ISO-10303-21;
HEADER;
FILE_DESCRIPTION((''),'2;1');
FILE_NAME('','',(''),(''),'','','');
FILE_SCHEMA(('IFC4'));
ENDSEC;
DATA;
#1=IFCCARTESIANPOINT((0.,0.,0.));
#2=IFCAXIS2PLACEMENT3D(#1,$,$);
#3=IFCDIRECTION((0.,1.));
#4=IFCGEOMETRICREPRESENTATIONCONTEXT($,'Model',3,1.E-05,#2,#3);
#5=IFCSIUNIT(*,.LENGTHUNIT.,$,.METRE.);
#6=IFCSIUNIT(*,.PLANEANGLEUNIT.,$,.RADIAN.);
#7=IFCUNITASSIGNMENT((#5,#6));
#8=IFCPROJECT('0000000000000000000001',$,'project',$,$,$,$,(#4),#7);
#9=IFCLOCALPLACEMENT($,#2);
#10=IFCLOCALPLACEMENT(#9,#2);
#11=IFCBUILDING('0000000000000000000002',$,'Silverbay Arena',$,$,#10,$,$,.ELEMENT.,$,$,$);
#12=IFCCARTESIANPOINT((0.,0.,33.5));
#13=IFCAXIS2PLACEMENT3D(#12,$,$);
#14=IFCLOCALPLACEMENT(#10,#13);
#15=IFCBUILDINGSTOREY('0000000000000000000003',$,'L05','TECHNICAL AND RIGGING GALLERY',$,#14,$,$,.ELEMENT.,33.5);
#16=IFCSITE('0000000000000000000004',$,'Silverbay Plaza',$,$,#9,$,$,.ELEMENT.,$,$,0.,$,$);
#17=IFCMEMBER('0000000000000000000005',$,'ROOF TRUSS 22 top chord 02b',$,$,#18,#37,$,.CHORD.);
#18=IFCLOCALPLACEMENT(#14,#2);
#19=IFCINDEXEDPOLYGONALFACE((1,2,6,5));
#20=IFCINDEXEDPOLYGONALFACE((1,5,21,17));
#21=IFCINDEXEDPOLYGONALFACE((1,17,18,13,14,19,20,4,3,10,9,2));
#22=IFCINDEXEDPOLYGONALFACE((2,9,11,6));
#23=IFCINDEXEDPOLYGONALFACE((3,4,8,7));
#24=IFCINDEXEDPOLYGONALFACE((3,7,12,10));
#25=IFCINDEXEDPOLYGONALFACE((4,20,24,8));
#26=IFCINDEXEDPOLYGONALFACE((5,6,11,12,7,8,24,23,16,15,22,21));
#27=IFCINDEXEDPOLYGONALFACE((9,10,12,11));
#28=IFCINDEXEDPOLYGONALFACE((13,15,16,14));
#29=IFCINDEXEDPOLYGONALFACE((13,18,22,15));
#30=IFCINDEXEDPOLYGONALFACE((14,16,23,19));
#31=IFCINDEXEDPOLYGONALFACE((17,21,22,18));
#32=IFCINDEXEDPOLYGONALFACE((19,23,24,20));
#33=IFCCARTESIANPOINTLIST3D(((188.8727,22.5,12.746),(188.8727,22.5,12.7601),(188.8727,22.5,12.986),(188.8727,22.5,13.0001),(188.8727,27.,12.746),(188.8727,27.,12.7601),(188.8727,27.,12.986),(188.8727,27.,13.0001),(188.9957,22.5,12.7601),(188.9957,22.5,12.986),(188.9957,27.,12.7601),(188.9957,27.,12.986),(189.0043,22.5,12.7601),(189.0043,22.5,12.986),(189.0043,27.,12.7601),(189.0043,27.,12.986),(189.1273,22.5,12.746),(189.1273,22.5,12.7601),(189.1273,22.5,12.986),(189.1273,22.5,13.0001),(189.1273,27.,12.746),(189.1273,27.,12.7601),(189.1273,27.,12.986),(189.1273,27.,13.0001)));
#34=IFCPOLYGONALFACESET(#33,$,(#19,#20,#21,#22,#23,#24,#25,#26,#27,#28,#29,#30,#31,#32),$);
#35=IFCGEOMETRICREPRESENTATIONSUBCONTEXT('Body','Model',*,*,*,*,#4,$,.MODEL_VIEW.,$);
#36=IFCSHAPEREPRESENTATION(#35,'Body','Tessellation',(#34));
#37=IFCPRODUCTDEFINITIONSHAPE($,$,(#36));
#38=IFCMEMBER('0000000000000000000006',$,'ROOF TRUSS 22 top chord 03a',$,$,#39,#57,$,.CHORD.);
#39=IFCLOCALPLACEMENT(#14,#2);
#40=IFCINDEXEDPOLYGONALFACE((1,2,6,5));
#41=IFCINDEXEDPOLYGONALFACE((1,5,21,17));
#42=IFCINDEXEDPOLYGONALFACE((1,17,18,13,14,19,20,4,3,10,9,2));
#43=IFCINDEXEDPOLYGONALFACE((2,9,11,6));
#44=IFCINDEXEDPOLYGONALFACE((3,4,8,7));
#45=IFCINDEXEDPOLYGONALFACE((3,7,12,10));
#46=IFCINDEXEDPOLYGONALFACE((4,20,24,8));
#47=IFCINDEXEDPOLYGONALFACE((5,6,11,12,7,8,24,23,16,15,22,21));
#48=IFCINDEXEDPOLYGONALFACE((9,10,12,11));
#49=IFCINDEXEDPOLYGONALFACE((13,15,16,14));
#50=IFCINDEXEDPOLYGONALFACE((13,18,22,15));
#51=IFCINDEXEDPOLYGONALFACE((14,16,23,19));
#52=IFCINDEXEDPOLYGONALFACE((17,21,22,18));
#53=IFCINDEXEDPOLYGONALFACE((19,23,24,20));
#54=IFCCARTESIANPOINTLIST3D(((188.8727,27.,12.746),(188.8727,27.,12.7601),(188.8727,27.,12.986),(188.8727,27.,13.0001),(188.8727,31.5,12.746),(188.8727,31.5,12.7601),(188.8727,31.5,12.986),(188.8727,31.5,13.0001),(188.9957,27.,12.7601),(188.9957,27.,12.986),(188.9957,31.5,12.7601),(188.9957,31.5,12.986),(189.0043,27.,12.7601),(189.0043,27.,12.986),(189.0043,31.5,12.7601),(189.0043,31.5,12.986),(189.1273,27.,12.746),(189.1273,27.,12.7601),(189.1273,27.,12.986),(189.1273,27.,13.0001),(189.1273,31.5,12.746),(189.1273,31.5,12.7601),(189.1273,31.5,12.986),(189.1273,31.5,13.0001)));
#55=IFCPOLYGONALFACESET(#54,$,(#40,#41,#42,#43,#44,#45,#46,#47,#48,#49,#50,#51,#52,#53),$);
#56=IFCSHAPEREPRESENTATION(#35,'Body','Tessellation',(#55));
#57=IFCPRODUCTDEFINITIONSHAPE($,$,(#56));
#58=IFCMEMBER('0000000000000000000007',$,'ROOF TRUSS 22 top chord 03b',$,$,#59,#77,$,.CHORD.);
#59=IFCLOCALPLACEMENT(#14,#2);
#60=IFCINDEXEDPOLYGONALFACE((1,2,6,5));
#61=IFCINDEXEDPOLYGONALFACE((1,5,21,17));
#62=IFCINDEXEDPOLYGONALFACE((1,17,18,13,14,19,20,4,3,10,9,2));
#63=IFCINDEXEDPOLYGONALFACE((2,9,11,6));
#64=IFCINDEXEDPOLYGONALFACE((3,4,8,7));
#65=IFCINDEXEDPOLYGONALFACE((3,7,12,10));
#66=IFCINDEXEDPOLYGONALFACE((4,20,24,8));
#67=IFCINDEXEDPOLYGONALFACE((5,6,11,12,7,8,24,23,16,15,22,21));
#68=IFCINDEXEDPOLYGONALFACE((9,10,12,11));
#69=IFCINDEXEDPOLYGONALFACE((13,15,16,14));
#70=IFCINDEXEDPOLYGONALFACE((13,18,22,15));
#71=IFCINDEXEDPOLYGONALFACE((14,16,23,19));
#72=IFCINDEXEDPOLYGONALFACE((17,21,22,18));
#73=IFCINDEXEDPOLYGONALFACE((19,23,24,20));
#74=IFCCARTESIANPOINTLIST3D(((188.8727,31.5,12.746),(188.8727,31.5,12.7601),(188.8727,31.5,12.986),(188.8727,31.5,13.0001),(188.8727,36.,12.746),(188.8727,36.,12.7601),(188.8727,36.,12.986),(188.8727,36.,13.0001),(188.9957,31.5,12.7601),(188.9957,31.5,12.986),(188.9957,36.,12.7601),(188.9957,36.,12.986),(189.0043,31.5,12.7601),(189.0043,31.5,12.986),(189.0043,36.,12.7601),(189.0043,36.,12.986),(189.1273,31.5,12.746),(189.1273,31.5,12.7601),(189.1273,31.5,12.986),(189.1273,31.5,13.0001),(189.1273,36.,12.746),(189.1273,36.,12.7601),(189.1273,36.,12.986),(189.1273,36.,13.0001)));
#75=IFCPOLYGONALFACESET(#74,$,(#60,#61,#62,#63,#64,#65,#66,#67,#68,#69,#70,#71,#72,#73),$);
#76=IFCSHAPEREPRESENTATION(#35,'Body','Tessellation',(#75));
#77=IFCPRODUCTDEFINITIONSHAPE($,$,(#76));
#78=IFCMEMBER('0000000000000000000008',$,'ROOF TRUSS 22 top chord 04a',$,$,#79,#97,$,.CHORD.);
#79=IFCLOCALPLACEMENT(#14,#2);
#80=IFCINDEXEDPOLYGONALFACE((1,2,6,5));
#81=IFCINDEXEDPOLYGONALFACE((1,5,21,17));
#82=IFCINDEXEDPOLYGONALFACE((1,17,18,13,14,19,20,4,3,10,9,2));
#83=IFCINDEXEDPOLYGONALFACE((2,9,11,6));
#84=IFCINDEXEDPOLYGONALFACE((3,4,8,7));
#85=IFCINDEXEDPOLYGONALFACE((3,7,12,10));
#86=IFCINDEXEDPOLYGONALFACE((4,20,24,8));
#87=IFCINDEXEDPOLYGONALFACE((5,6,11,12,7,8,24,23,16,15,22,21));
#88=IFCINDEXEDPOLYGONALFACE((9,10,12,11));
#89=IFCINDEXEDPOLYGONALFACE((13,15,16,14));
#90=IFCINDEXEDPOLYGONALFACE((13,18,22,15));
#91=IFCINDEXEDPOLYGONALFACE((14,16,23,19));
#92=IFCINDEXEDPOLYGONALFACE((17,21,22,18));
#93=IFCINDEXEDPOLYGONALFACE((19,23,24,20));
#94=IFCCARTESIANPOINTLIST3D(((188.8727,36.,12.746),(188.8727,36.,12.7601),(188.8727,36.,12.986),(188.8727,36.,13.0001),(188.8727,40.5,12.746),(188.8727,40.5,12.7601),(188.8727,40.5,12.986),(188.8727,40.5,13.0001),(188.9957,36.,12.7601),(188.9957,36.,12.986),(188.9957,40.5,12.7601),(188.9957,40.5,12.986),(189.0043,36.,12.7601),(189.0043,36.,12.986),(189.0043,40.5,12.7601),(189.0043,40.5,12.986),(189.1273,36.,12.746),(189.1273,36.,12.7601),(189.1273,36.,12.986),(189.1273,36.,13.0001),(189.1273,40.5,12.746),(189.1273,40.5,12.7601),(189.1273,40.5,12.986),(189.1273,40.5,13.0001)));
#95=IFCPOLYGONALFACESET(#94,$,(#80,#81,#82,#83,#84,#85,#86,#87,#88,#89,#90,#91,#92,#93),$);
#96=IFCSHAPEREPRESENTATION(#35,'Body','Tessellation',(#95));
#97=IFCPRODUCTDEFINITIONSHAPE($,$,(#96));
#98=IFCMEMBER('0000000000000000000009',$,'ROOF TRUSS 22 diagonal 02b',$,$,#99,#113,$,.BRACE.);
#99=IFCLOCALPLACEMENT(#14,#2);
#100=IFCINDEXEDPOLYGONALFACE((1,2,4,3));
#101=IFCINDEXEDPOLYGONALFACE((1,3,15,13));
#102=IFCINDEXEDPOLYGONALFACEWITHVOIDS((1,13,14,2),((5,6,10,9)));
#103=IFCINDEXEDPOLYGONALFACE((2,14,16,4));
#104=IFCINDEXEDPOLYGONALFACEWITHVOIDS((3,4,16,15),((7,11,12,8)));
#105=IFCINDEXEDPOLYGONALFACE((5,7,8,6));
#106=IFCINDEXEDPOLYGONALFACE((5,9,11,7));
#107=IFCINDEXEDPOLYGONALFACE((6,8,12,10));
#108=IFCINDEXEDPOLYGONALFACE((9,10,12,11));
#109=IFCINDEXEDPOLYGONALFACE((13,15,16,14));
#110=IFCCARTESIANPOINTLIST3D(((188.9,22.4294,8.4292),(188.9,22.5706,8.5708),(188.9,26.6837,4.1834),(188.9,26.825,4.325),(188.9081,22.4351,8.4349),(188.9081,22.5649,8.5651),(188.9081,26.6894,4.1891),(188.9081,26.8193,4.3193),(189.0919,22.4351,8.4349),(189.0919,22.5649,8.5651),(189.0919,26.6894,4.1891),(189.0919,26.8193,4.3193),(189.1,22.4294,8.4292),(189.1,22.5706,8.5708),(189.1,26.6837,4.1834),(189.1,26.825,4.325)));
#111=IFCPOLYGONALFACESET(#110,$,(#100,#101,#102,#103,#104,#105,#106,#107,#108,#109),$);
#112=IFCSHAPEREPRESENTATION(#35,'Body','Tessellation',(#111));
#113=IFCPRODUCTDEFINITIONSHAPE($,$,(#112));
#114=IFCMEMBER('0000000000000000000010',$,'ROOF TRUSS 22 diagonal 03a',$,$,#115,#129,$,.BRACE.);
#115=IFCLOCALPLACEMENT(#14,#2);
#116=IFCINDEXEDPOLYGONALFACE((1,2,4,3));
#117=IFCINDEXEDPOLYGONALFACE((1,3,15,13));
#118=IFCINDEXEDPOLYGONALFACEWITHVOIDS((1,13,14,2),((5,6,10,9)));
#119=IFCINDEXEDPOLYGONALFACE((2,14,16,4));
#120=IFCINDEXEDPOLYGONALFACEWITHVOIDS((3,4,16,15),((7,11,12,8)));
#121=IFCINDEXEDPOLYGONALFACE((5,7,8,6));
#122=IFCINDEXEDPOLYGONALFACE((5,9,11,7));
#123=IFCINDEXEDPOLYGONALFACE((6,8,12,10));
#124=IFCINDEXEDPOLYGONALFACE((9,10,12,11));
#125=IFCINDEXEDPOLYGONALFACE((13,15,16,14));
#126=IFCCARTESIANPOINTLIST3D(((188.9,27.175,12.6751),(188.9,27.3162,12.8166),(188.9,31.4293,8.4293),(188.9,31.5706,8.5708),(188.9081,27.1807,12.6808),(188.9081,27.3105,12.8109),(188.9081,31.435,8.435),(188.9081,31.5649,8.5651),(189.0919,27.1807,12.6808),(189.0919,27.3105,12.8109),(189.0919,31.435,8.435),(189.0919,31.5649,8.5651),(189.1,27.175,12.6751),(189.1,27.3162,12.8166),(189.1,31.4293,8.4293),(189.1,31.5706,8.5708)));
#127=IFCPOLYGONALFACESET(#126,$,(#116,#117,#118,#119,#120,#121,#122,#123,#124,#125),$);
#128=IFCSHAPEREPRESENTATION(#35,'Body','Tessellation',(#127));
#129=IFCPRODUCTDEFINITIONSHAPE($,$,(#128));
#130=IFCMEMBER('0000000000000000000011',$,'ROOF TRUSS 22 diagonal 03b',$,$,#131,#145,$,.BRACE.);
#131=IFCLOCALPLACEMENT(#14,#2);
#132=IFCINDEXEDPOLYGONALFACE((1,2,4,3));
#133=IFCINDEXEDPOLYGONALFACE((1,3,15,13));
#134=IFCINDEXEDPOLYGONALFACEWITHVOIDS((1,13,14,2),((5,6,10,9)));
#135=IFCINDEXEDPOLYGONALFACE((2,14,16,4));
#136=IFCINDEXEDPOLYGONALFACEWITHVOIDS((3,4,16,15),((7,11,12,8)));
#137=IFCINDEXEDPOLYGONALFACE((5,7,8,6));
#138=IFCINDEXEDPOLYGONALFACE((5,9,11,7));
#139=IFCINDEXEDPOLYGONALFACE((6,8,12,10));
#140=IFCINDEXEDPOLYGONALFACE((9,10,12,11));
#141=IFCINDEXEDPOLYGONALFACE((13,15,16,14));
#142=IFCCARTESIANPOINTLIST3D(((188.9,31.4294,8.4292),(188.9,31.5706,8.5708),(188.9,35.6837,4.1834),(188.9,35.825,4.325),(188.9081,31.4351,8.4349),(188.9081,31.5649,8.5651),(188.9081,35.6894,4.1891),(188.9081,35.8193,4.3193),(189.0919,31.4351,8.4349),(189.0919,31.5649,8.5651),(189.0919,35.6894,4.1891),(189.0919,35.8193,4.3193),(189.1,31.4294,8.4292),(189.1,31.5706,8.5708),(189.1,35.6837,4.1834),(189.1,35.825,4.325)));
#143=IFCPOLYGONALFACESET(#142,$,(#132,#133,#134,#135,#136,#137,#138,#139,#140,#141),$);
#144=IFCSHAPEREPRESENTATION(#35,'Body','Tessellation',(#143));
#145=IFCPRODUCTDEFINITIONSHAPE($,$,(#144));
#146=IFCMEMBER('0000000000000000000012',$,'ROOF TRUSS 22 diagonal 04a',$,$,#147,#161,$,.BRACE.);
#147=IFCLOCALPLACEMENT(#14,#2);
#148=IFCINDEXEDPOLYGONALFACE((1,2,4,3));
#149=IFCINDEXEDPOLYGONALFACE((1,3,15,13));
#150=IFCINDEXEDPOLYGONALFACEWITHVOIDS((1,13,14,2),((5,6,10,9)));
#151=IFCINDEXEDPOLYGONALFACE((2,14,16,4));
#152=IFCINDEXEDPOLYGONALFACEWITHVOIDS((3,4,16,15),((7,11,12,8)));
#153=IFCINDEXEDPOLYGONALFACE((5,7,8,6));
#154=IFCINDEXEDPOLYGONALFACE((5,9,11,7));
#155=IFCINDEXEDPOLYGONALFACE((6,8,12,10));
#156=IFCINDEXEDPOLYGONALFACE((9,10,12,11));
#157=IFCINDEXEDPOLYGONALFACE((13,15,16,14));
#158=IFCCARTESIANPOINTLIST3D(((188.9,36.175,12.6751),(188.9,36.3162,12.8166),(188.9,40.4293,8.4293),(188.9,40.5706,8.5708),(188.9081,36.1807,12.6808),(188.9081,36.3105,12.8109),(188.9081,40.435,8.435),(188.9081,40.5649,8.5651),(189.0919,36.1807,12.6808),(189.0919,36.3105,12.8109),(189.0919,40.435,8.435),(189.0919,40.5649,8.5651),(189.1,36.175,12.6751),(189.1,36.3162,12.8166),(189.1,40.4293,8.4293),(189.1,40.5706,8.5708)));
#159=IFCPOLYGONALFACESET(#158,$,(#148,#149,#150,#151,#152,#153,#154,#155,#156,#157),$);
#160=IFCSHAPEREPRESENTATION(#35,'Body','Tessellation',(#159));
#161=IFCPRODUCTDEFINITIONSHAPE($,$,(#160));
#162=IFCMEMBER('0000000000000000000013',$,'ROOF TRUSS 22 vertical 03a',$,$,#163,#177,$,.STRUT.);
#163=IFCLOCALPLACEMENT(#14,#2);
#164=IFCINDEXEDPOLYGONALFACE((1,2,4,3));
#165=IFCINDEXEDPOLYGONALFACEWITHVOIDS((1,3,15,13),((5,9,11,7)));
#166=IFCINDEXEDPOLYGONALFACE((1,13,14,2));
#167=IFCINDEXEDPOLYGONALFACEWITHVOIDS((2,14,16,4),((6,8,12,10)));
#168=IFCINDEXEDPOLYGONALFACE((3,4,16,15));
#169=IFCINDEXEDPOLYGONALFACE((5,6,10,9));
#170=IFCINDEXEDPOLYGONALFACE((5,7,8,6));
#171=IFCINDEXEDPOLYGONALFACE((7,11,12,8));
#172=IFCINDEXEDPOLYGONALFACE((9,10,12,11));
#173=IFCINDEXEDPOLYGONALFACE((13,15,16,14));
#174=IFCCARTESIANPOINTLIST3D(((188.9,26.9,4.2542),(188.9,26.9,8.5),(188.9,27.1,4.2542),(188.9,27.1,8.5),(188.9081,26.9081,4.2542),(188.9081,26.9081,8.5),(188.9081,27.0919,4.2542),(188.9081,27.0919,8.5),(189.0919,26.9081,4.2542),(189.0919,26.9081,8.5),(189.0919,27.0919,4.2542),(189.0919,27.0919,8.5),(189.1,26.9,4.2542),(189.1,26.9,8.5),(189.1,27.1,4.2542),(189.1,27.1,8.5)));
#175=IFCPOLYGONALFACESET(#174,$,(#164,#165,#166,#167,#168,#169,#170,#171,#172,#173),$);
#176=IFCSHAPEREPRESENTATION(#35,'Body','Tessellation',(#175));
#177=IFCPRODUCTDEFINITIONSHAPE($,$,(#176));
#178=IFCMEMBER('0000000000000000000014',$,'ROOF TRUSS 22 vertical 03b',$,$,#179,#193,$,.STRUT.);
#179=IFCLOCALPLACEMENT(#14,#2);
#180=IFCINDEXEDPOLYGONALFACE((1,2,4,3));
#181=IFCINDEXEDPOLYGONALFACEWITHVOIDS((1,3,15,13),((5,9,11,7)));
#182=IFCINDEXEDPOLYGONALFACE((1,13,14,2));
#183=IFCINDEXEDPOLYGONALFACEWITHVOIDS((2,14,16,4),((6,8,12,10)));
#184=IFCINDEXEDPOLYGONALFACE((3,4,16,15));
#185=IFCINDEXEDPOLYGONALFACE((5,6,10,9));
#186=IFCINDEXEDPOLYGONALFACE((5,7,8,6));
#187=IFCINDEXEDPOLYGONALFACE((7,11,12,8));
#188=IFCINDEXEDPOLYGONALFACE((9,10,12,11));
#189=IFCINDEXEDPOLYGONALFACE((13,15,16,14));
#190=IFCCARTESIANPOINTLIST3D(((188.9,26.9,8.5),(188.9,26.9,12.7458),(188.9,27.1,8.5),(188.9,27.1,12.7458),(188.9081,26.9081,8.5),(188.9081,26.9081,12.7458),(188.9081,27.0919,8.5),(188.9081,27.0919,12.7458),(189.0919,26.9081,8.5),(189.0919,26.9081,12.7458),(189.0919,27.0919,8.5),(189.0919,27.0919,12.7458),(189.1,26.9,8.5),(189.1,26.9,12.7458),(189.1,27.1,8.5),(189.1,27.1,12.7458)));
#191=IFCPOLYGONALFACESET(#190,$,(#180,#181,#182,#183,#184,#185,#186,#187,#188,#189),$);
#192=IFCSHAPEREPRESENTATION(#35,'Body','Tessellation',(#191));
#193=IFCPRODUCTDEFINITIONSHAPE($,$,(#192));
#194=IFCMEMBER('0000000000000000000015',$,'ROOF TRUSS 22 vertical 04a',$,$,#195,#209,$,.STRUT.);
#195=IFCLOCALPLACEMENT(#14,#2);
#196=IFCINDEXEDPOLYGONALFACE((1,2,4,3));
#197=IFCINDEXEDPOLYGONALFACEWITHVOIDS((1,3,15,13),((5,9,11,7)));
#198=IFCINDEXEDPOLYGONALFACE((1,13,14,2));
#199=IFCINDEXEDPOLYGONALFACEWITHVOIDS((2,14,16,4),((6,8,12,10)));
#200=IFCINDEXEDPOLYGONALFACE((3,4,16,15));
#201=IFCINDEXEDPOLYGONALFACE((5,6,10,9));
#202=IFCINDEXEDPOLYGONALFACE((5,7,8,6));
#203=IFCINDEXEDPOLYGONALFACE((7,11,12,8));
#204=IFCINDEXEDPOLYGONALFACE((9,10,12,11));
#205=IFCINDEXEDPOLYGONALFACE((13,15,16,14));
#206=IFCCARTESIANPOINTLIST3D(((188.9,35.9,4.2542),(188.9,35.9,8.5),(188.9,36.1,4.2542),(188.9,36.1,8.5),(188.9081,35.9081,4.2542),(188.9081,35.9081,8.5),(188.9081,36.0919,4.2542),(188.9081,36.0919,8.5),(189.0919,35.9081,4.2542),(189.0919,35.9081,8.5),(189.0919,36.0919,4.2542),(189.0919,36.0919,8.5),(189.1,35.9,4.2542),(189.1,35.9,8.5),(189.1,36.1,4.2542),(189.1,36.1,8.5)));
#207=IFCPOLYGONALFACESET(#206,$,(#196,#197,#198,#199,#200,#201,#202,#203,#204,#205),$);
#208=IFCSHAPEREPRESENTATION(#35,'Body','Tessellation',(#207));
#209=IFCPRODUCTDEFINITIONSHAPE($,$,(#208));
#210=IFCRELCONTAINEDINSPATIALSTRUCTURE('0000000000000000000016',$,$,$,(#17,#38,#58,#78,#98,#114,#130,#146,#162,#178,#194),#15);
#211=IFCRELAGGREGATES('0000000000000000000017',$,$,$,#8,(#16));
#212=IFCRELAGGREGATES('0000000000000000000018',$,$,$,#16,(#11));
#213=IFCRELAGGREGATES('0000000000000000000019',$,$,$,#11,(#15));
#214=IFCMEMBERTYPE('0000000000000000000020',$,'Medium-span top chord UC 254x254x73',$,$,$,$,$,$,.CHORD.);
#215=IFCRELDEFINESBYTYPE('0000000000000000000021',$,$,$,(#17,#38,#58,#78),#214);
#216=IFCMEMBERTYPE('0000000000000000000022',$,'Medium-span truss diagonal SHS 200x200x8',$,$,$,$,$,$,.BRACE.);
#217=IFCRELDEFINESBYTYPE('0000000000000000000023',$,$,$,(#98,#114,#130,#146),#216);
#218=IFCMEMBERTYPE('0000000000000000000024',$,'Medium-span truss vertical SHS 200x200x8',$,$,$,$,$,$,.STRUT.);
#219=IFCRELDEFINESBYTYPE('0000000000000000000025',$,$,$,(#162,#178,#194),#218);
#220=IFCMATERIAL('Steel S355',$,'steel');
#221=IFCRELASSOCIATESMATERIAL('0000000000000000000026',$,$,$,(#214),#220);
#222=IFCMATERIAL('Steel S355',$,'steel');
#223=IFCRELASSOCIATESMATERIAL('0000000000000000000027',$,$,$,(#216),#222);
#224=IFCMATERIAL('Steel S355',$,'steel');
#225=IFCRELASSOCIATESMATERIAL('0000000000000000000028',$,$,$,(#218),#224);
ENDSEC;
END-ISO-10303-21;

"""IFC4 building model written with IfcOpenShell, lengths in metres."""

from ifc_helpers import new_model, si_unit, direction, frame, origin, origin_2d, place, context, subcontext, project, spatial, hollow_rectangle, i_section, extrude, material, material_profile, profile_set, type_object, element, save


model = new_model("IFC4")

# Units and contexts
model_context = context("Model", 3, precision=1e-05, world=origin(), true_north=direction((0.0, 1.0)))
body_context = subcontext(model_context, "Body", "Model", "MODEL_VIEW")
ifc_project = project(units=[si_unit("LENGTHUNIT", "METRE"), si_unit("PLANEANGLEUNIT", "RADIAN")], contexts=[model_context])

# Site, building, storey
site_placement = place(None, origin())
site = spatial("IfcSite", under=ifc_project, at=site_placement, Name="Silverbay Plaza", CompositionType="ELEMENT", RefElevation=0.0)
building_placement = place(site_placement, origin())
building = spatial("IfcBuilding", under=site, at=building_placement, Name="Silverbay Arena", CompositionType="ELEMENT")
storey_placement = place(building_placement, frame((0.0, 0.0, 33.5)))
storey = spatial("IfcBuildingStorey", under=building, at=storey_placement, Name="L05", Description="TECHNICAL AND RIGGING GALLERY", CompositionType="ELEMENT", Elevation=33.5)

# Members
ifc_material_1 = material(Name="Steel S355", Category="steel")
ifc_material_profile_1 = material_profile(ifc_material_1, i_section(OverallWidth=0.2546, OverallDepth=0.2542, WebThickness=0.0085, FlangeThickness=0.0142, at=origin_2d()), Name="UC 254x254x73")
ifc_profile_set_1 = profile_set([ifc_material_profile_1], Name="Steel S355")
member_type_1 = type_object("IfcMemberType", Name="Medium-span top chord UC 254x254x73", PredefinedType="CHORD", material=ifc_profile_set_1)
for number, where, z_axis, x_axis, name in (
    (1, (189.0, 22.5, 12.873), (0.0, 1.0, 0.0), (-1.0, 0.0, 0.0), "ROOF TRUSS 22 top chord 02b"),
    (2, (189.0, 27.0, 12.873), (0.0, 1.0, 0.0), (-1.0, 0.0, 0.0), "ROOF TRUSS 22 top chord 03a"),
    (3, (189.0, 31.5, 12.873), (0.0, 1.0, 0.0), (-1.0, 0.0, 0.0), "ROOF TRUSS 22 top chord 03b"),
    (4, (189.0, 36.0, 12.873), (0.0, 1.0, 0.0), (-1.0, 0.0, 0.0), "ROOF TRUSS 22 top chord 04a"),
):
    element("IfcMember", number, at=place(storey_placement, frame(where, z_axis=z_axis, x_axis=x_axis)), inside=storey, type_object=member_type_1, Name=name, PredefinedType="CHORD", context=body_context, shape_type="SweptSolid", body=[
        extrude(i_section(OverallWidth=0.2546, OverallDepth=0.2542, WebThickness=0.0085, FlangeThickness=0.0142, at=origin_2d()), origin(), (0.0, 0.0, 1.0), 4.5),
    ])
ifc_material_2 = material(Name="Steel S355", Category="steel")
ifc_material_profile_2 = material_profile(ifc_material_2, hollow_rectangle(XDim=0.2, YDim=0.2, WallThickness=0.0081, at=origin_2d()), Name="SHS 200x200x8")
ifc_profile_set_2 = profile_set([ifc_material_profile_2], Name="Steel S355")
member_type_2 = type_object("IfcMemberType", Name="Medium-span truss diagonal SHS 200x200x8", PredefinedType="BRACE", material=ifc_profile_set_2)
for number, where, z_axis, x_axis, name in (
    (5, (189.0, 22.5, 8.5), (0.0, 0.707817, -0.706396), (-1.0, 0.0, 0.0), "ROOF TRUSS 22 diagonal 02b"),
    (6, (189.0, 27.2456, 12.7458), (0.0, 0.707817, -0.706396), (-1.0, 0.0, 0.0), "ROOF TRUSS 22 diagonal 03a"),
    (7, (189.0, 31.5, 8.5), (0.0, 0.707817, -0.706396), (-1.0, 0.0, 0.0), "ROOF TRUSS 22 diagonal 03b"),
    (8, (189.0, 36.2456, 12.7458), (0.0, 0.707817, -0.706396), (-1.0, 0.0, 0.0), "ROOF TRUSS 22 diagonal 04a"),
):
    element("IfcMember", number, at=place(storey_placement, frame(where, z_axis=z_axis, x_axis=x_axis)), inside=storey, type_object=member_type_2, Name=name, PredefinedType="BRACE", context=body_context, shape_type="SweptSolid", body=[
        extrude(hollow_rectangle(XDim=0.2, YDim=0.2, WallThickness=0.0081, at=origin_2d()), origin(), (0.0, 0.0, 1.0), 6.0105),
    ])
ifc_material_3 = material(Name="Steel S355", Category="steel")
ifc_material_profile_3 = material_profile(ifc_material_3, hollow_rectangle(XDim=0.2, YDim=0.2, WallThickness=0.0081, at=origin_2d()), Name="SHS 200x200x8")
ifc_profile_set_3 = profile_set([ifc_material_profile_3], Name="Steel S355")
member_type_3 = type_object("IfcMemberType", Name="Medium-span truss vertical SHS 200x200x8", PredefinedType="STRUT", material=ifc_profile_set_3)
for number, where, z_axis, x_axis, name in (
    (9, (189.0, 27.0, 4.2542), (0.0, 0.0, 1.0), (1.0, 0.0, 0.0), "ROOF TRUSS 22 vertical 03a"),
    (10, (189.0, 27.0, 8.5), (0.0, 0.0, 1.0), (1.0, 0.0, 0.0), "ROOF TRUSS 22 vertical 03b"),
    (11, (189.0, 36.0, 4.2542), (0.0, 0.0, 1.0), (1.0, 0.0, 0.0), "ROOF TRUSS 22 vertical 04a"),
):
    element("IfcMember", number, at=place(storey_placement, frame(where, z_axis=z_axis, x_axis=x_axis)), inside=storey, type_object=member_type_3, Name=name, PredefinedType="STRUT", context=body_context, shape_type="SweptSolid", body=[
        extrude(hollow_rectangle(XDim=0.2, YDim=0.2, WallThickness=0.0081, at=origin_2d()), origin(), (0.0, 0.0, 1.0), 4.2458),
    ])

save(model, "model.ifc")
